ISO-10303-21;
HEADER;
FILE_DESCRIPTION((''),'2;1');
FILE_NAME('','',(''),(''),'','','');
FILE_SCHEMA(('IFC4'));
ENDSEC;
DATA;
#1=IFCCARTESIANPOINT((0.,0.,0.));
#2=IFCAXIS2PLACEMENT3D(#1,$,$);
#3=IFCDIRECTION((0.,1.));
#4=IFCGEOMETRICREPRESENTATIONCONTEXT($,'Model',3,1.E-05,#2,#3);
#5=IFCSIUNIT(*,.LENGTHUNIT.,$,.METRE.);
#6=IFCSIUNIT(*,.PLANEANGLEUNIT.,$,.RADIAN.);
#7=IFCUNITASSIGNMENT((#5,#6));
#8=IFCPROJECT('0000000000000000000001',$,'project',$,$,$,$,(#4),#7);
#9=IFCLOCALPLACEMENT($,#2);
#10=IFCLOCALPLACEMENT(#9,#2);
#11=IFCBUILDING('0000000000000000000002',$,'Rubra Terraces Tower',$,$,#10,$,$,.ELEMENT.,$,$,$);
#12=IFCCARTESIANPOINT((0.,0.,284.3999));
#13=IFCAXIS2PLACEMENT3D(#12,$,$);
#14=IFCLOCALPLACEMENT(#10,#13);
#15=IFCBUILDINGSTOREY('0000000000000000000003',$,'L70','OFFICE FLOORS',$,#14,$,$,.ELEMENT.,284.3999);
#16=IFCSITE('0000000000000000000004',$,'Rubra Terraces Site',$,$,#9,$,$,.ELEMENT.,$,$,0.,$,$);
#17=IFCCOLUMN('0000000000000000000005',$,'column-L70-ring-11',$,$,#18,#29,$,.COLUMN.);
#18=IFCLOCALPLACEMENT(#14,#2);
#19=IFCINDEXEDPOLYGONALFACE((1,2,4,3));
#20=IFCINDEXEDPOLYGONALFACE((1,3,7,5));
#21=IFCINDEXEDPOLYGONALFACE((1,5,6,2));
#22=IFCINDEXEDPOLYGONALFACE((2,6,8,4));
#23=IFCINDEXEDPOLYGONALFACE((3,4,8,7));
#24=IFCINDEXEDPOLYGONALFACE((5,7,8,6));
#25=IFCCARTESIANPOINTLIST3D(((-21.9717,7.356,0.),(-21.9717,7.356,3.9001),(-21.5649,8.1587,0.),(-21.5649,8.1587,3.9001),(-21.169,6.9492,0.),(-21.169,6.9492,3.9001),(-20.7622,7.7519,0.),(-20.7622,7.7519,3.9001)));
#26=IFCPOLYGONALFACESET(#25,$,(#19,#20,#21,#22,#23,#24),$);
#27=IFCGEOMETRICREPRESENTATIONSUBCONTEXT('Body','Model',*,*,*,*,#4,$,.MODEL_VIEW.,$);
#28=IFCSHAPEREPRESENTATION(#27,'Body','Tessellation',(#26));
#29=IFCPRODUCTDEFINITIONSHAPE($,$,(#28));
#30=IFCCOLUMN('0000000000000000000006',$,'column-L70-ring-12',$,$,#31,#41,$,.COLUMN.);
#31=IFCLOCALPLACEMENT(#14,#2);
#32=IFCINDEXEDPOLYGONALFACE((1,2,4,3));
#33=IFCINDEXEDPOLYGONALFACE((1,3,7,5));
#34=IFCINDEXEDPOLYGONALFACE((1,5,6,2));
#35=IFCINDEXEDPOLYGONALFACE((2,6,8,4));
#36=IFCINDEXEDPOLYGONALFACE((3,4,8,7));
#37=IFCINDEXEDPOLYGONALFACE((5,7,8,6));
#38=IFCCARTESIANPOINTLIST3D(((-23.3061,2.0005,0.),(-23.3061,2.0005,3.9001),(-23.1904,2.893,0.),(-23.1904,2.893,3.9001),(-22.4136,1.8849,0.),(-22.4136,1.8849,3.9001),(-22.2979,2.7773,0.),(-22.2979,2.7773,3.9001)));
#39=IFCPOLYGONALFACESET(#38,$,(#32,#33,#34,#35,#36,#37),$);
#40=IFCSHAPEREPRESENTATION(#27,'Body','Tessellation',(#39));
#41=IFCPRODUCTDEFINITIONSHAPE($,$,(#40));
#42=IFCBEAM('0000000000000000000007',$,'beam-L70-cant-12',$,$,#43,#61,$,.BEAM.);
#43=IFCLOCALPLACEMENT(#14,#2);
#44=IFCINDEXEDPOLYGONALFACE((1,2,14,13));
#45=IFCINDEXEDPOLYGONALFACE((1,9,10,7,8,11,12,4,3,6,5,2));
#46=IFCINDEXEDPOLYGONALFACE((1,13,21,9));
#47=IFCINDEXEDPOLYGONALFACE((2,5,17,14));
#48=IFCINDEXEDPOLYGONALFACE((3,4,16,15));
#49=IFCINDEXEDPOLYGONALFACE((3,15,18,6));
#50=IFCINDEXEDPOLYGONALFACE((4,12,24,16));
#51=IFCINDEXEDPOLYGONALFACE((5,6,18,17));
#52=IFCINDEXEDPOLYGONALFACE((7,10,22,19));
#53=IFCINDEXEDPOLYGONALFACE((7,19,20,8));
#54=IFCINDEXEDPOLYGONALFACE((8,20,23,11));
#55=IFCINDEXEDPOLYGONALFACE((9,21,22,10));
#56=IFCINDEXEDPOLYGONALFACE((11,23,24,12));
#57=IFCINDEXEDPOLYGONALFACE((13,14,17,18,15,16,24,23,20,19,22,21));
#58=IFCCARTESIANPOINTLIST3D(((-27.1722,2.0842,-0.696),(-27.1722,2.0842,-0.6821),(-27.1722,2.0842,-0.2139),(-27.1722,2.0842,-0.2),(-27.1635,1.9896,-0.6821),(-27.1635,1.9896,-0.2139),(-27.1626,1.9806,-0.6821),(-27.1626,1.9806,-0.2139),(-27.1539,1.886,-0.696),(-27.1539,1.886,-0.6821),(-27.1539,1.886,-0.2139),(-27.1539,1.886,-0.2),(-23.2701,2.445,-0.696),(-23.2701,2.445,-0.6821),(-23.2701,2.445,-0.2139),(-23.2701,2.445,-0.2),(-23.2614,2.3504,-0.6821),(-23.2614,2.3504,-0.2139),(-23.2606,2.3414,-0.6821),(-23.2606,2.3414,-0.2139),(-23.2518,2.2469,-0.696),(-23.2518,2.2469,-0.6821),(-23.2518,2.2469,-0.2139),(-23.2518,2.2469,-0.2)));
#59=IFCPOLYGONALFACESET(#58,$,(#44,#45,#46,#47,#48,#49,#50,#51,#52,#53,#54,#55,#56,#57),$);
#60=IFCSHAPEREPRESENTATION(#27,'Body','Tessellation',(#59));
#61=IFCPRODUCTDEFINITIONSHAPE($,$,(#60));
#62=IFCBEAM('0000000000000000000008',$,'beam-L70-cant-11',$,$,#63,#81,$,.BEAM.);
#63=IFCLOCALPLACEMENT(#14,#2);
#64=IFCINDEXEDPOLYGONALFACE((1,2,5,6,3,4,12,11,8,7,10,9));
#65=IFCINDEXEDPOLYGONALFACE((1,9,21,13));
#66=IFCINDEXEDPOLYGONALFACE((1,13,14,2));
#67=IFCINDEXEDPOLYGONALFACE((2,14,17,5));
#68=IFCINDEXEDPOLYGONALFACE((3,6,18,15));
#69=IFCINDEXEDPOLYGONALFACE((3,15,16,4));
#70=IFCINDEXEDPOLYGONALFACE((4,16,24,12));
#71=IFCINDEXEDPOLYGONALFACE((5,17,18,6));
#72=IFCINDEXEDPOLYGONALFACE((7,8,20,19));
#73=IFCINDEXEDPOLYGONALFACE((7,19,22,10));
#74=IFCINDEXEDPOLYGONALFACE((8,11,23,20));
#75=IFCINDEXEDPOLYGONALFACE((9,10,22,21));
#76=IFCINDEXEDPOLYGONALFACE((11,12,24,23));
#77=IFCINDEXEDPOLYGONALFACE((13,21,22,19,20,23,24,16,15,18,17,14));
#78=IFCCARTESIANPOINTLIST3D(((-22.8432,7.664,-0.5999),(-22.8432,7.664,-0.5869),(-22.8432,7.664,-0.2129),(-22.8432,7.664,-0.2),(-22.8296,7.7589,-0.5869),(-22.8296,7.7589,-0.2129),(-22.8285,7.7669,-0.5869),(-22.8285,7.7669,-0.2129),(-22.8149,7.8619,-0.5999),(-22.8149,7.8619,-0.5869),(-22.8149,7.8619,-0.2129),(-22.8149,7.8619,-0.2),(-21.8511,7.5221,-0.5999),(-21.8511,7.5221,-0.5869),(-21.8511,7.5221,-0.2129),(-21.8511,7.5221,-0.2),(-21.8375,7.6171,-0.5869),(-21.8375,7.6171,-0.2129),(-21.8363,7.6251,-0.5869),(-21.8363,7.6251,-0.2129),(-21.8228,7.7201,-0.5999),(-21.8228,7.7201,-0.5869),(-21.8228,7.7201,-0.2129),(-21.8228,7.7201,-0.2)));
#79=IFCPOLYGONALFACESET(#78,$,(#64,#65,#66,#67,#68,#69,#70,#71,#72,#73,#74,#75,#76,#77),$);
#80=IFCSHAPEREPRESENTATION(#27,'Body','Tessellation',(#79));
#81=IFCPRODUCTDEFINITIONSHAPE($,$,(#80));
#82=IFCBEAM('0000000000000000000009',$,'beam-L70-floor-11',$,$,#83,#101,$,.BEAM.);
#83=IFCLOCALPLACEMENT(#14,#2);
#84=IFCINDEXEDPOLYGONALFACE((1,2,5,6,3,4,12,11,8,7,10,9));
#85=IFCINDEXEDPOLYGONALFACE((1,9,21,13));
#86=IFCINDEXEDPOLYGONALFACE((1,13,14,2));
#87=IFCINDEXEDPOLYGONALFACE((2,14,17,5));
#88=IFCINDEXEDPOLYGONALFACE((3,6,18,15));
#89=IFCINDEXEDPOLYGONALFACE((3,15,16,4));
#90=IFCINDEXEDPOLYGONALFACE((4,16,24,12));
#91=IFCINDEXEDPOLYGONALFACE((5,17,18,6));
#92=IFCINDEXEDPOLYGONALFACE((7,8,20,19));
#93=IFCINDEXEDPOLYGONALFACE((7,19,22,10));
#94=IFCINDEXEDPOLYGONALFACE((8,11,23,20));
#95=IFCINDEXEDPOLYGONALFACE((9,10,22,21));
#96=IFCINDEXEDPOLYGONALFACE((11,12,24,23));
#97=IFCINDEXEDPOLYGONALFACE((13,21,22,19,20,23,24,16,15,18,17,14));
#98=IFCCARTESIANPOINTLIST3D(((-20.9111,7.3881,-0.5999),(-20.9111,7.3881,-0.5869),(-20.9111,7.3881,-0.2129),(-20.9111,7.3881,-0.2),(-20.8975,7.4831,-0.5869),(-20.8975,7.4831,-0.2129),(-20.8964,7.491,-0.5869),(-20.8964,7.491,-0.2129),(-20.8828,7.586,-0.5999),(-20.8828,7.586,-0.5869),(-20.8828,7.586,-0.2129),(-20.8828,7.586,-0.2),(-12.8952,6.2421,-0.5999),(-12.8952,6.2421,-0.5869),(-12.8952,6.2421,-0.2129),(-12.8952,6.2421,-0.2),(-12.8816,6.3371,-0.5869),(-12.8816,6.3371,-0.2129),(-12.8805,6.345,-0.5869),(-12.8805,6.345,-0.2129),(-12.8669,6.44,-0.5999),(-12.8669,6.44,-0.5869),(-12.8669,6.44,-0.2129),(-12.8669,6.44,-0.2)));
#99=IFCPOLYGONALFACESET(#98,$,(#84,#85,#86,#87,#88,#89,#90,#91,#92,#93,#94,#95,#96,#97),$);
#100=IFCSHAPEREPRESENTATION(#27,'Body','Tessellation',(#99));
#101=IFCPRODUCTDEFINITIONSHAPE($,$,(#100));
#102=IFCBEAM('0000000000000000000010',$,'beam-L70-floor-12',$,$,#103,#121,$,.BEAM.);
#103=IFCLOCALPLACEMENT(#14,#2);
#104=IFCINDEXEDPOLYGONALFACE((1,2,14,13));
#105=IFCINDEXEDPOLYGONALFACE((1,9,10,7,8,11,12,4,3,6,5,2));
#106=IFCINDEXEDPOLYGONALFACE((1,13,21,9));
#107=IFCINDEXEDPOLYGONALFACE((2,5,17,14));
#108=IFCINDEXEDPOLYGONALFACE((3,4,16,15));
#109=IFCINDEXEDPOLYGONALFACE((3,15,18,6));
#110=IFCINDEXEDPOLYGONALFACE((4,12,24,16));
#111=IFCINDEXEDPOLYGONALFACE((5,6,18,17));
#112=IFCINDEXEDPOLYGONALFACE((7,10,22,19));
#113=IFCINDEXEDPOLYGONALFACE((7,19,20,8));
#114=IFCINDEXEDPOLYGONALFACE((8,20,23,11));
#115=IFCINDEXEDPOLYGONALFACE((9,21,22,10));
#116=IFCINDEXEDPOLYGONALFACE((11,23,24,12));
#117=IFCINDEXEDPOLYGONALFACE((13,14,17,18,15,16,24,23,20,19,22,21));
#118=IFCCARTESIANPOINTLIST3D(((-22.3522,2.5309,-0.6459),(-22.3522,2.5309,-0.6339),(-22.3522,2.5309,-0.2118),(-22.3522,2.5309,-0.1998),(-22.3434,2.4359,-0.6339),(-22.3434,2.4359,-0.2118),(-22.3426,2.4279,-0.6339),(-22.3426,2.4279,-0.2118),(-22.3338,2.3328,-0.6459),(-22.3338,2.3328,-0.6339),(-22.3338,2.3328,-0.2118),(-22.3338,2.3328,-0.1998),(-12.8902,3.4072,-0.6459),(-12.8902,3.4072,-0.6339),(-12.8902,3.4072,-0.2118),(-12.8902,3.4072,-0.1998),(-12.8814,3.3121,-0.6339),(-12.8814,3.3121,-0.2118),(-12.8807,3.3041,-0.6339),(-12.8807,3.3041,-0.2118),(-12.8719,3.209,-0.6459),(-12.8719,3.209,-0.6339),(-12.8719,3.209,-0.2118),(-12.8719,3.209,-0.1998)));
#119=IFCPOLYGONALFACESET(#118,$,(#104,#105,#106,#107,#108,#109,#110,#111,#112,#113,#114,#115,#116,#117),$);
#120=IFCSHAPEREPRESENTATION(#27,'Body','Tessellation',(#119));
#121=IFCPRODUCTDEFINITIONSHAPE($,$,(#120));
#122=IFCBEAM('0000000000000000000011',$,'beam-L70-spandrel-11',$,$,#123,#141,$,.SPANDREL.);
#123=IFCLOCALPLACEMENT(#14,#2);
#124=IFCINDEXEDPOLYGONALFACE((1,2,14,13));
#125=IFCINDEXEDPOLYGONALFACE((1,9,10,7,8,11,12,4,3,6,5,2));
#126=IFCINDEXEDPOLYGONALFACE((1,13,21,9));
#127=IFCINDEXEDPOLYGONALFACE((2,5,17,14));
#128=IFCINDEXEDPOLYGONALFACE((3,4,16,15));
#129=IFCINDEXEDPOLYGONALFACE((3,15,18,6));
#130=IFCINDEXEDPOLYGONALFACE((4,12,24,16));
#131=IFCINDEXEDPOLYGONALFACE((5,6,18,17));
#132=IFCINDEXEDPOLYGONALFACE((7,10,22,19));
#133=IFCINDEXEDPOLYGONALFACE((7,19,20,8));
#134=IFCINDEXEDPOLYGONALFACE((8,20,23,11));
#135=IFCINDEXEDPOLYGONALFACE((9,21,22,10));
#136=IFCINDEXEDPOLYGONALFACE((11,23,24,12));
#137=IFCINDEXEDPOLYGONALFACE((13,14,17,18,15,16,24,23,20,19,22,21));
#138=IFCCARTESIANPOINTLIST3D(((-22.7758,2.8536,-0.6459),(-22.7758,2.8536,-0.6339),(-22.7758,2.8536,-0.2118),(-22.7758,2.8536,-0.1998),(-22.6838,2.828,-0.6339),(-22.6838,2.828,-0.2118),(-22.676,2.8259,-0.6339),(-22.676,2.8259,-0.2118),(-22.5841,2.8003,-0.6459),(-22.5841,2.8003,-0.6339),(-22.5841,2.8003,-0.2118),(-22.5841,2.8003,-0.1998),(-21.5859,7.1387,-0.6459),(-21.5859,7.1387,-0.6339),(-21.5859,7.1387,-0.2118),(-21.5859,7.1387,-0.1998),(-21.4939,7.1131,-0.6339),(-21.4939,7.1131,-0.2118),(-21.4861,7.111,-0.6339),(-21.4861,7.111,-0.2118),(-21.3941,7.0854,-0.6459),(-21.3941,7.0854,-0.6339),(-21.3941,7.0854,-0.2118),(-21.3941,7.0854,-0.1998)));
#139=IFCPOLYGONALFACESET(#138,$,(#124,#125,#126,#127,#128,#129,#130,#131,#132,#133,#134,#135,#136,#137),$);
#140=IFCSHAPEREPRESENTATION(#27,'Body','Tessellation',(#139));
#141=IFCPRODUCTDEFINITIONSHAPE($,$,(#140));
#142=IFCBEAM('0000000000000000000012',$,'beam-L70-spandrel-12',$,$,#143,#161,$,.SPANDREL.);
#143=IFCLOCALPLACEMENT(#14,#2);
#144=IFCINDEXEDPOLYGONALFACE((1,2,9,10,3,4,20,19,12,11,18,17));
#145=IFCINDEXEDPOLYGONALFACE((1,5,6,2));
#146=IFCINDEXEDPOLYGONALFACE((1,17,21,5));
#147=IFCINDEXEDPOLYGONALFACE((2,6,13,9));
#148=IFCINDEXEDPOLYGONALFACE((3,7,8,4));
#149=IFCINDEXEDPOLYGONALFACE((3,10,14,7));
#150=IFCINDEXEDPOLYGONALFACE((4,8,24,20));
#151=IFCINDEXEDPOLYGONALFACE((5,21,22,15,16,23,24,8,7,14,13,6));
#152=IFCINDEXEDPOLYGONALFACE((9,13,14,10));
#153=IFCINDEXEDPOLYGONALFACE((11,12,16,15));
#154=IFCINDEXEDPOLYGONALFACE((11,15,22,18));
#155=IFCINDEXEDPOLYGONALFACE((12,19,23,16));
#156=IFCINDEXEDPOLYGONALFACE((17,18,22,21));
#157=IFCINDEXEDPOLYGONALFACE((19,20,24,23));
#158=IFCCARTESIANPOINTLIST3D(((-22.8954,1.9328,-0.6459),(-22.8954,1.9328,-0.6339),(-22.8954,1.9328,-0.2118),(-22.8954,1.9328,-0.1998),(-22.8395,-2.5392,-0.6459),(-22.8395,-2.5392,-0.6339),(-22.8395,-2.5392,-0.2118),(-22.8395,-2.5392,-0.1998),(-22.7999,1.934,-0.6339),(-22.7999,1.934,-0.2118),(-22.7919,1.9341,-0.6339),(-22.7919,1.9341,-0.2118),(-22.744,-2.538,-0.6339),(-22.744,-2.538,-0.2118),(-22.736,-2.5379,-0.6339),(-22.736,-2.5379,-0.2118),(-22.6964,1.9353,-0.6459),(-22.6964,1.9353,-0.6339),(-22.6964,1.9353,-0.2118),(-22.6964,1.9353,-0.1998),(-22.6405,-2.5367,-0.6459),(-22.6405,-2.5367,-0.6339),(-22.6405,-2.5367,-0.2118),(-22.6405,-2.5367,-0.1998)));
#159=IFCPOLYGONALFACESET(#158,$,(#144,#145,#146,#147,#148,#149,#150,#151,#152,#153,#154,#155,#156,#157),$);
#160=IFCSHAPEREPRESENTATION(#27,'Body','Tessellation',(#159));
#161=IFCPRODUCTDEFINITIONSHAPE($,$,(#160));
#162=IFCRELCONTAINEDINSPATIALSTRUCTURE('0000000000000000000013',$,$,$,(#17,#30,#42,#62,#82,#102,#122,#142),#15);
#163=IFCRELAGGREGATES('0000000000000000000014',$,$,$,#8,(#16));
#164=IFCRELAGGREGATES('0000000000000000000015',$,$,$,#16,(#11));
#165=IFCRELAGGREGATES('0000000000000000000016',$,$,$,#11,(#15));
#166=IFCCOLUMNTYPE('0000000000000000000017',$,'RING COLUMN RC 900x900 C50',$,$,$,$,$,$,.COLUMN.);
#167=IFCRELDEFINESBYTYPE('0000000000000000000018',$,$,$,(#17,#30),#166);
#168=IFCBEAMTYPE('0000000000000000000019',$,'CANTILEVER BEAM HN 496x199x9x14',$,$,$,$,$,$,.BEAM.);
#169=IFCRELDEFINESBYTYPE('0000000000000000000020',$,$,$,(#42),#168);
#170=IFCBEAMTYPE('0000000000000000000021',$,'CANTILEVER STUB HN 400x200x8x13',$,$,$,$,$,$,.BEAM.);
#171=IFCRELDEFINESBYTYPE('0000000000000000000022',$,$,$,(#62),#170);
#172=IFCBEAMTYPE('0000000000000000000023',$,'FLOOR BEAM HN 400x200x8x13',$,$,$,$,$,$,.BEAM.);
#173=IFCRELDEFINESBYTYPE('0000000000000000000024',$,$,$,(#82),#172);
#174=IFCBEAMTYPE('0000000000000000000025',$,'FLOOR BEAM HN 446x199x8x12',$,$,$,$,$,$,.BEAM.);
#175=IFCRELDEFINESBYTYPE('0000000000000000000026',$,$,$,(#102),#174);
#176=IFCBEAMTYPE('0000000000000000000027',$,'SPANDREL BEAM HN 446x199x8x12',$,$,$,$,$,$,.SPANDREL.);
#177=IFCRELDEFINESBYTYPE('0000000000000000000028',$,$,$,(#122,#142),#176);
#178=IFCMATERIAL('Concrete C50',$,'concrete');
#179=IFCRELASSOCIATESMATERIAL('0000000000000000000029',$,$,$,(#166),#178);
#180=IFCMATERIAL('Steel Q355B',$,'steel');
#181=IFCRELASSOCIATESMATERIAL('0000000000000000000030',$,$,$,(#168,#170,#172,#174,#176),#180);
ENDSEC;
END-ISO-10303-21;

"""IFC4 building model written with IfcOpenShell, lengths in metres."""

from ifc_helpers import new_model, si_unit, direction, frame, origin, origin_2d, place, context, subcontext, project, spatial, rectangle, i_section, extrude, material, material_profile, profile_set, type_object, element, save


model = new_model("IFC4")

# Units and contexts
model_context = context("Model", 3, precision=1e-05, world=origin(), true_north=direction((0.0, 1.0)))
body_context = subcontext(model_context, "Body", "Model", "MODEL_VIEW")
ifc_project = project(units=[si_unit("LENGTHUNIT", "METRE"), si_unit("PLANEANGLEUNIT", "RADIAN")], contexts=[model_context])

# Site, building, storey
site_placement = place(None, origin())
site = spatial("IfcSite", under=ifc_project, at=site_placement, Name="Rubra Terraces Site", CompositionType="ELEMENT", RefElevation=0.0)
building_placement = place(site_placement, origin())
building = spatial("IfcBuilding", under=site, at=building_placement, Name="Rubra Terraces Tower", CompositionType="ELEMENT")
storey_placement = place(building_placement, frame((0.0, 0.0, 284.3999)))
storey = spatial("IfcBuildingStorey", under=building, at=storey_placement, Name="L70", Description="OFFICE FLOORS", CompositionType="ELEMENT", Elevation=284.3999)

# Columns
ifc_material_1 = material(Name="Concrete C50", Category="concrete")
ifc_material_profile_1 = material_profile(ifc_material_1, rectangle(XDim=0.8999, YDim=0.8999, at=origin_2d()), Name="RC 900x900")
ifc_profile_set_1 = profile_set([ifc_material_profile_1], Name="Concrete C50")
column_type = type_object("IfcColumnType", Name="RING COLUMN RC 900x900 C50", PredefinedType="COLUMN", material=ifc_profile_set_1)
for number, where, z_axis, x_axis, name in (
    (1, (-21.3669, 7.554, 0.0), (0.0, 0.0, 1.0), (-0.452079, -0.891978, 0.0), "column-L70-ring-11"),
    (2, (-22.802, 2.3889, 0.0), (0.0, 0.0, 1.0), (-0.128535, -0.991705, 0.0), "column-L70-ring-12"),
):
    element("IfcColumn", number, at=place(storey_placement, frame(where, z_axis=z_axis, x_axis=x_axis)), inside=storey, type_object=column_type, Name=name, PredefinedType="COLUMN", context=body_context, shape_type="SweptSolid", body=[
        extrude(rectangle(XDim=0.8999, YDim=0.8999, at=origin_2d()), origin(), (0.0, 0.0, 1.0), 3.9001),
    ])

# Beams
ifc_material_2 = material(Name="Steel Q355B", Category="steel")
ifc_material_profile_2 = material_profile(ifc_material_2, i_section(OverallWidth=0.199, OverallDepth=0.4961, WebThickness=0.009, FlangeThickness=0.0139, at=origin_2d()), Name="HN 496x199x9x14")
ifc_profile_set_2 = profile_set([ifc_material_profile_2], Name="Steel Q355B")
beam_type_1 = type_object("IfcBeamType", Name="CANTILEVER BEAM HN 496x199x9x14", PredefinedType="BEAM", material=ifc_profile_set_2)
beam_1_placement = place(storey_placement, frame((-23.261, 2.3459, -0.448), z_axis=(-0.995752, -0.09208, 0.0), x_axis=(0.09208, -0.995752, 0.0)))
element("IfcBeam", 3, at=beam_1_placement, inside=storey, type_object=beam_type_1, Name="beam-L70-cant-12", PredefinedType="BEAM", context=body_context, shape_type="SweptSolid", body=[
    extrude(i_section(OverallWidth=0.199, OverallDepth=0.4961, WebThickness=0.009, FlangeThickness=0.0139, at=origin_2d()), origin(), (0.0, 0.0, 1.0), 3.9187),
])
ifc_material_profile_3 = material_profile(ifc_material_2, i_section(OverallWidth=0.2, OverallDepth=0.3999, WebThickness=0.0081, FlangeThickness=0.0129, at=origin_2d()), Name="HN 400x200x8x13")
ifc_profile_set_3 = profile_set([ifc_material_profile_3], Name="Steel Q355B")
beam_type_2 = type_object("IfcBeamType", Name="CANTILEVER STUB HN 400x200x8x13", PredefinedType="BEAM", material=ifc_profile_set_3)
beam_2_placement = place(storey_placement, frame((-21.8369, 7.6211, -0.3999), z_axis=(-0.989935, 0.141524, 0.0), x_axis=(-0.141524, -0.989935, 0.0)))
element("IfcBeam", 4, at=beam_2_placement, inside=storey, type_object=beam_type_2, Name="beam-L70-cant-11", PredefinedType="BEAM", context=body_context, shape_type="SweptSolid", body=[
    extrude(i_section(OverallWidth=0.2, OverallDepth=0.3999, WebThickness=0.0081, FlangeThickness=0.0129, at=origin_2d()), origin(), (0.0, 0.0, 1.0), 1.0022),
])
ifc_material_profile_4 = material_profile(ifc_material_2, i_section(OverallWidth=0.2, OverallDepth=0.3999, WebThickness=0.0081, FlangeThickness=0.0129, at=origin_2d()), Name="HN 400x200x8x13")
ifc_profile_set_4 = profile_set([ifc_material_profile_4], Name="Steel Q355B")
beam_type_3 = type_object("IfcBeamType", Name="FLOOR BEAM HN 400x200x8x13", PredefinedType="BEAM", material=ifc_profile_set_4)
beam_3_placement = place(storey_placement, frame((-20.897, 7.4871, -0.3999), z_axis=(0.989934, -0.141527, 0.0), x_axis=(0.141527, 0.989934, 0.0)))
element("IfcBeam", 5, at=beam_3_placement, inside=storey, type_object=beam_type_3, Name="beam-L70-floor-11", PredefinedType="BEAM", context=body_context, shape_type="SweptSolid", body=[
    extrude(i_section(OverallWidth=0.2, OverallDepth=0.3999, WebThickness=0.0081, FlangeThickness=0.0129, at=origin_2d()), origin(), (0.0, 0.0, 1.0), 8.0974),
])
ifc_material_profile_5 = material_profile(ifc_material_2, i_section(OverallWidth=0.199, OverallDepth=0.446, WebThickness=0.0081, FlangeThickness=0.012, at=origin_2d()), Name="HN 446x199x8x12")
ifc_profile_set_5 = profile_set([ifc_material_profile_5], Name="Steel Q355B")
beam_type_4 = type_object("IfcBeamType", Name="FLOOR BEAM HN 446x199x8x12", PredefinedType="BEAM", material=ifc_profile_set_5)
beam_4_placement = place(storey_placement, frame((-22.343, 2.4319, -0.4229), z_axis=(0.99574, 0.09221, 0.0), x_axis=(-0.09221, 0.99574, 0.0)))
element("IfcBeam", 6, at=beam_4_placement, inside=storey, type_object=beam_type_4, Name="beam-L70-floor-12", PredefinedType="BEAM", context=body_context, shape_type="SweptSolid", body=[
    extrude(i_section(OverallWidth=0.199, OverallDepth=0.446, WebThickness=0.0081, FlangeThickness=0.012, at=origin_2d()), origin(), (0.0, 0.0, 1.0), 9.5024),
])
ifc_material_profile_6 = material_profile(ifc_material_2, i_section(OverallWidth=0.199, OverallDepth=0.446, WebThickness=0.0081, FlangeThickness=0.012, at=origin_2d()), Name="HN 446x199x8x12")
ifc_profile_set_6 = profile_set([ifc_material_profile_6], Name="Steel Q355B")
beam_type_5 = type_object("IfcBeamType", Name="SPANDREL BEAM HN 446x199x8x12", PredefinedType="SPANDREL", material=ifc_profile_set_6)
beam_5_placement = place(storey_placement, frame((-21.49, 7.1121, -0.4229), z_axis=(-0.267565, -0.96354, 0.0), x_axis=(0.96354, -0.267565, 0.0)))
element("IfcBeam", 7, at=beam_5_placement, inside=storey, type_object=beam_type_5, Name="beam-L70-spandrel-11", PredefinedType="SPANDREL", context=body_context, shape_type="SweptSolid", body=[
    extrude(i_section(OverallWidth=0.199, OverallDepth=0.446, WebThickness=0.0081, FlangeThickness=0.012, at=origin_2d()), origin(), (0.0, 0.0, 1.0), 4.4473),
])
beam_6_placement = place(storey_placement, frame((-22.7959, 1.9341, -0.4229), z_axis=(0.0125, -0.999922, 0.0), x_axis=(0.999922, 0.0125, 0.0)))
element("IfcBeam", 8, at=beam_6_placement, inside=storey, type_object=beam_type_5, Name="beam-L70-spandrel-12", PredefinedType="SPANDREL", context=body_context, shape_type="SweptSolid", body=[
    extrude(i_section(OverallWidth=0.199, OverallDepth=0.446, WebThickness=0.0081, FlangeThickness=0.012, at=origin_2d()), origin(), (0.0, 0.0, 1.0), 4.4724),
])

save(model, "model.ifc")
